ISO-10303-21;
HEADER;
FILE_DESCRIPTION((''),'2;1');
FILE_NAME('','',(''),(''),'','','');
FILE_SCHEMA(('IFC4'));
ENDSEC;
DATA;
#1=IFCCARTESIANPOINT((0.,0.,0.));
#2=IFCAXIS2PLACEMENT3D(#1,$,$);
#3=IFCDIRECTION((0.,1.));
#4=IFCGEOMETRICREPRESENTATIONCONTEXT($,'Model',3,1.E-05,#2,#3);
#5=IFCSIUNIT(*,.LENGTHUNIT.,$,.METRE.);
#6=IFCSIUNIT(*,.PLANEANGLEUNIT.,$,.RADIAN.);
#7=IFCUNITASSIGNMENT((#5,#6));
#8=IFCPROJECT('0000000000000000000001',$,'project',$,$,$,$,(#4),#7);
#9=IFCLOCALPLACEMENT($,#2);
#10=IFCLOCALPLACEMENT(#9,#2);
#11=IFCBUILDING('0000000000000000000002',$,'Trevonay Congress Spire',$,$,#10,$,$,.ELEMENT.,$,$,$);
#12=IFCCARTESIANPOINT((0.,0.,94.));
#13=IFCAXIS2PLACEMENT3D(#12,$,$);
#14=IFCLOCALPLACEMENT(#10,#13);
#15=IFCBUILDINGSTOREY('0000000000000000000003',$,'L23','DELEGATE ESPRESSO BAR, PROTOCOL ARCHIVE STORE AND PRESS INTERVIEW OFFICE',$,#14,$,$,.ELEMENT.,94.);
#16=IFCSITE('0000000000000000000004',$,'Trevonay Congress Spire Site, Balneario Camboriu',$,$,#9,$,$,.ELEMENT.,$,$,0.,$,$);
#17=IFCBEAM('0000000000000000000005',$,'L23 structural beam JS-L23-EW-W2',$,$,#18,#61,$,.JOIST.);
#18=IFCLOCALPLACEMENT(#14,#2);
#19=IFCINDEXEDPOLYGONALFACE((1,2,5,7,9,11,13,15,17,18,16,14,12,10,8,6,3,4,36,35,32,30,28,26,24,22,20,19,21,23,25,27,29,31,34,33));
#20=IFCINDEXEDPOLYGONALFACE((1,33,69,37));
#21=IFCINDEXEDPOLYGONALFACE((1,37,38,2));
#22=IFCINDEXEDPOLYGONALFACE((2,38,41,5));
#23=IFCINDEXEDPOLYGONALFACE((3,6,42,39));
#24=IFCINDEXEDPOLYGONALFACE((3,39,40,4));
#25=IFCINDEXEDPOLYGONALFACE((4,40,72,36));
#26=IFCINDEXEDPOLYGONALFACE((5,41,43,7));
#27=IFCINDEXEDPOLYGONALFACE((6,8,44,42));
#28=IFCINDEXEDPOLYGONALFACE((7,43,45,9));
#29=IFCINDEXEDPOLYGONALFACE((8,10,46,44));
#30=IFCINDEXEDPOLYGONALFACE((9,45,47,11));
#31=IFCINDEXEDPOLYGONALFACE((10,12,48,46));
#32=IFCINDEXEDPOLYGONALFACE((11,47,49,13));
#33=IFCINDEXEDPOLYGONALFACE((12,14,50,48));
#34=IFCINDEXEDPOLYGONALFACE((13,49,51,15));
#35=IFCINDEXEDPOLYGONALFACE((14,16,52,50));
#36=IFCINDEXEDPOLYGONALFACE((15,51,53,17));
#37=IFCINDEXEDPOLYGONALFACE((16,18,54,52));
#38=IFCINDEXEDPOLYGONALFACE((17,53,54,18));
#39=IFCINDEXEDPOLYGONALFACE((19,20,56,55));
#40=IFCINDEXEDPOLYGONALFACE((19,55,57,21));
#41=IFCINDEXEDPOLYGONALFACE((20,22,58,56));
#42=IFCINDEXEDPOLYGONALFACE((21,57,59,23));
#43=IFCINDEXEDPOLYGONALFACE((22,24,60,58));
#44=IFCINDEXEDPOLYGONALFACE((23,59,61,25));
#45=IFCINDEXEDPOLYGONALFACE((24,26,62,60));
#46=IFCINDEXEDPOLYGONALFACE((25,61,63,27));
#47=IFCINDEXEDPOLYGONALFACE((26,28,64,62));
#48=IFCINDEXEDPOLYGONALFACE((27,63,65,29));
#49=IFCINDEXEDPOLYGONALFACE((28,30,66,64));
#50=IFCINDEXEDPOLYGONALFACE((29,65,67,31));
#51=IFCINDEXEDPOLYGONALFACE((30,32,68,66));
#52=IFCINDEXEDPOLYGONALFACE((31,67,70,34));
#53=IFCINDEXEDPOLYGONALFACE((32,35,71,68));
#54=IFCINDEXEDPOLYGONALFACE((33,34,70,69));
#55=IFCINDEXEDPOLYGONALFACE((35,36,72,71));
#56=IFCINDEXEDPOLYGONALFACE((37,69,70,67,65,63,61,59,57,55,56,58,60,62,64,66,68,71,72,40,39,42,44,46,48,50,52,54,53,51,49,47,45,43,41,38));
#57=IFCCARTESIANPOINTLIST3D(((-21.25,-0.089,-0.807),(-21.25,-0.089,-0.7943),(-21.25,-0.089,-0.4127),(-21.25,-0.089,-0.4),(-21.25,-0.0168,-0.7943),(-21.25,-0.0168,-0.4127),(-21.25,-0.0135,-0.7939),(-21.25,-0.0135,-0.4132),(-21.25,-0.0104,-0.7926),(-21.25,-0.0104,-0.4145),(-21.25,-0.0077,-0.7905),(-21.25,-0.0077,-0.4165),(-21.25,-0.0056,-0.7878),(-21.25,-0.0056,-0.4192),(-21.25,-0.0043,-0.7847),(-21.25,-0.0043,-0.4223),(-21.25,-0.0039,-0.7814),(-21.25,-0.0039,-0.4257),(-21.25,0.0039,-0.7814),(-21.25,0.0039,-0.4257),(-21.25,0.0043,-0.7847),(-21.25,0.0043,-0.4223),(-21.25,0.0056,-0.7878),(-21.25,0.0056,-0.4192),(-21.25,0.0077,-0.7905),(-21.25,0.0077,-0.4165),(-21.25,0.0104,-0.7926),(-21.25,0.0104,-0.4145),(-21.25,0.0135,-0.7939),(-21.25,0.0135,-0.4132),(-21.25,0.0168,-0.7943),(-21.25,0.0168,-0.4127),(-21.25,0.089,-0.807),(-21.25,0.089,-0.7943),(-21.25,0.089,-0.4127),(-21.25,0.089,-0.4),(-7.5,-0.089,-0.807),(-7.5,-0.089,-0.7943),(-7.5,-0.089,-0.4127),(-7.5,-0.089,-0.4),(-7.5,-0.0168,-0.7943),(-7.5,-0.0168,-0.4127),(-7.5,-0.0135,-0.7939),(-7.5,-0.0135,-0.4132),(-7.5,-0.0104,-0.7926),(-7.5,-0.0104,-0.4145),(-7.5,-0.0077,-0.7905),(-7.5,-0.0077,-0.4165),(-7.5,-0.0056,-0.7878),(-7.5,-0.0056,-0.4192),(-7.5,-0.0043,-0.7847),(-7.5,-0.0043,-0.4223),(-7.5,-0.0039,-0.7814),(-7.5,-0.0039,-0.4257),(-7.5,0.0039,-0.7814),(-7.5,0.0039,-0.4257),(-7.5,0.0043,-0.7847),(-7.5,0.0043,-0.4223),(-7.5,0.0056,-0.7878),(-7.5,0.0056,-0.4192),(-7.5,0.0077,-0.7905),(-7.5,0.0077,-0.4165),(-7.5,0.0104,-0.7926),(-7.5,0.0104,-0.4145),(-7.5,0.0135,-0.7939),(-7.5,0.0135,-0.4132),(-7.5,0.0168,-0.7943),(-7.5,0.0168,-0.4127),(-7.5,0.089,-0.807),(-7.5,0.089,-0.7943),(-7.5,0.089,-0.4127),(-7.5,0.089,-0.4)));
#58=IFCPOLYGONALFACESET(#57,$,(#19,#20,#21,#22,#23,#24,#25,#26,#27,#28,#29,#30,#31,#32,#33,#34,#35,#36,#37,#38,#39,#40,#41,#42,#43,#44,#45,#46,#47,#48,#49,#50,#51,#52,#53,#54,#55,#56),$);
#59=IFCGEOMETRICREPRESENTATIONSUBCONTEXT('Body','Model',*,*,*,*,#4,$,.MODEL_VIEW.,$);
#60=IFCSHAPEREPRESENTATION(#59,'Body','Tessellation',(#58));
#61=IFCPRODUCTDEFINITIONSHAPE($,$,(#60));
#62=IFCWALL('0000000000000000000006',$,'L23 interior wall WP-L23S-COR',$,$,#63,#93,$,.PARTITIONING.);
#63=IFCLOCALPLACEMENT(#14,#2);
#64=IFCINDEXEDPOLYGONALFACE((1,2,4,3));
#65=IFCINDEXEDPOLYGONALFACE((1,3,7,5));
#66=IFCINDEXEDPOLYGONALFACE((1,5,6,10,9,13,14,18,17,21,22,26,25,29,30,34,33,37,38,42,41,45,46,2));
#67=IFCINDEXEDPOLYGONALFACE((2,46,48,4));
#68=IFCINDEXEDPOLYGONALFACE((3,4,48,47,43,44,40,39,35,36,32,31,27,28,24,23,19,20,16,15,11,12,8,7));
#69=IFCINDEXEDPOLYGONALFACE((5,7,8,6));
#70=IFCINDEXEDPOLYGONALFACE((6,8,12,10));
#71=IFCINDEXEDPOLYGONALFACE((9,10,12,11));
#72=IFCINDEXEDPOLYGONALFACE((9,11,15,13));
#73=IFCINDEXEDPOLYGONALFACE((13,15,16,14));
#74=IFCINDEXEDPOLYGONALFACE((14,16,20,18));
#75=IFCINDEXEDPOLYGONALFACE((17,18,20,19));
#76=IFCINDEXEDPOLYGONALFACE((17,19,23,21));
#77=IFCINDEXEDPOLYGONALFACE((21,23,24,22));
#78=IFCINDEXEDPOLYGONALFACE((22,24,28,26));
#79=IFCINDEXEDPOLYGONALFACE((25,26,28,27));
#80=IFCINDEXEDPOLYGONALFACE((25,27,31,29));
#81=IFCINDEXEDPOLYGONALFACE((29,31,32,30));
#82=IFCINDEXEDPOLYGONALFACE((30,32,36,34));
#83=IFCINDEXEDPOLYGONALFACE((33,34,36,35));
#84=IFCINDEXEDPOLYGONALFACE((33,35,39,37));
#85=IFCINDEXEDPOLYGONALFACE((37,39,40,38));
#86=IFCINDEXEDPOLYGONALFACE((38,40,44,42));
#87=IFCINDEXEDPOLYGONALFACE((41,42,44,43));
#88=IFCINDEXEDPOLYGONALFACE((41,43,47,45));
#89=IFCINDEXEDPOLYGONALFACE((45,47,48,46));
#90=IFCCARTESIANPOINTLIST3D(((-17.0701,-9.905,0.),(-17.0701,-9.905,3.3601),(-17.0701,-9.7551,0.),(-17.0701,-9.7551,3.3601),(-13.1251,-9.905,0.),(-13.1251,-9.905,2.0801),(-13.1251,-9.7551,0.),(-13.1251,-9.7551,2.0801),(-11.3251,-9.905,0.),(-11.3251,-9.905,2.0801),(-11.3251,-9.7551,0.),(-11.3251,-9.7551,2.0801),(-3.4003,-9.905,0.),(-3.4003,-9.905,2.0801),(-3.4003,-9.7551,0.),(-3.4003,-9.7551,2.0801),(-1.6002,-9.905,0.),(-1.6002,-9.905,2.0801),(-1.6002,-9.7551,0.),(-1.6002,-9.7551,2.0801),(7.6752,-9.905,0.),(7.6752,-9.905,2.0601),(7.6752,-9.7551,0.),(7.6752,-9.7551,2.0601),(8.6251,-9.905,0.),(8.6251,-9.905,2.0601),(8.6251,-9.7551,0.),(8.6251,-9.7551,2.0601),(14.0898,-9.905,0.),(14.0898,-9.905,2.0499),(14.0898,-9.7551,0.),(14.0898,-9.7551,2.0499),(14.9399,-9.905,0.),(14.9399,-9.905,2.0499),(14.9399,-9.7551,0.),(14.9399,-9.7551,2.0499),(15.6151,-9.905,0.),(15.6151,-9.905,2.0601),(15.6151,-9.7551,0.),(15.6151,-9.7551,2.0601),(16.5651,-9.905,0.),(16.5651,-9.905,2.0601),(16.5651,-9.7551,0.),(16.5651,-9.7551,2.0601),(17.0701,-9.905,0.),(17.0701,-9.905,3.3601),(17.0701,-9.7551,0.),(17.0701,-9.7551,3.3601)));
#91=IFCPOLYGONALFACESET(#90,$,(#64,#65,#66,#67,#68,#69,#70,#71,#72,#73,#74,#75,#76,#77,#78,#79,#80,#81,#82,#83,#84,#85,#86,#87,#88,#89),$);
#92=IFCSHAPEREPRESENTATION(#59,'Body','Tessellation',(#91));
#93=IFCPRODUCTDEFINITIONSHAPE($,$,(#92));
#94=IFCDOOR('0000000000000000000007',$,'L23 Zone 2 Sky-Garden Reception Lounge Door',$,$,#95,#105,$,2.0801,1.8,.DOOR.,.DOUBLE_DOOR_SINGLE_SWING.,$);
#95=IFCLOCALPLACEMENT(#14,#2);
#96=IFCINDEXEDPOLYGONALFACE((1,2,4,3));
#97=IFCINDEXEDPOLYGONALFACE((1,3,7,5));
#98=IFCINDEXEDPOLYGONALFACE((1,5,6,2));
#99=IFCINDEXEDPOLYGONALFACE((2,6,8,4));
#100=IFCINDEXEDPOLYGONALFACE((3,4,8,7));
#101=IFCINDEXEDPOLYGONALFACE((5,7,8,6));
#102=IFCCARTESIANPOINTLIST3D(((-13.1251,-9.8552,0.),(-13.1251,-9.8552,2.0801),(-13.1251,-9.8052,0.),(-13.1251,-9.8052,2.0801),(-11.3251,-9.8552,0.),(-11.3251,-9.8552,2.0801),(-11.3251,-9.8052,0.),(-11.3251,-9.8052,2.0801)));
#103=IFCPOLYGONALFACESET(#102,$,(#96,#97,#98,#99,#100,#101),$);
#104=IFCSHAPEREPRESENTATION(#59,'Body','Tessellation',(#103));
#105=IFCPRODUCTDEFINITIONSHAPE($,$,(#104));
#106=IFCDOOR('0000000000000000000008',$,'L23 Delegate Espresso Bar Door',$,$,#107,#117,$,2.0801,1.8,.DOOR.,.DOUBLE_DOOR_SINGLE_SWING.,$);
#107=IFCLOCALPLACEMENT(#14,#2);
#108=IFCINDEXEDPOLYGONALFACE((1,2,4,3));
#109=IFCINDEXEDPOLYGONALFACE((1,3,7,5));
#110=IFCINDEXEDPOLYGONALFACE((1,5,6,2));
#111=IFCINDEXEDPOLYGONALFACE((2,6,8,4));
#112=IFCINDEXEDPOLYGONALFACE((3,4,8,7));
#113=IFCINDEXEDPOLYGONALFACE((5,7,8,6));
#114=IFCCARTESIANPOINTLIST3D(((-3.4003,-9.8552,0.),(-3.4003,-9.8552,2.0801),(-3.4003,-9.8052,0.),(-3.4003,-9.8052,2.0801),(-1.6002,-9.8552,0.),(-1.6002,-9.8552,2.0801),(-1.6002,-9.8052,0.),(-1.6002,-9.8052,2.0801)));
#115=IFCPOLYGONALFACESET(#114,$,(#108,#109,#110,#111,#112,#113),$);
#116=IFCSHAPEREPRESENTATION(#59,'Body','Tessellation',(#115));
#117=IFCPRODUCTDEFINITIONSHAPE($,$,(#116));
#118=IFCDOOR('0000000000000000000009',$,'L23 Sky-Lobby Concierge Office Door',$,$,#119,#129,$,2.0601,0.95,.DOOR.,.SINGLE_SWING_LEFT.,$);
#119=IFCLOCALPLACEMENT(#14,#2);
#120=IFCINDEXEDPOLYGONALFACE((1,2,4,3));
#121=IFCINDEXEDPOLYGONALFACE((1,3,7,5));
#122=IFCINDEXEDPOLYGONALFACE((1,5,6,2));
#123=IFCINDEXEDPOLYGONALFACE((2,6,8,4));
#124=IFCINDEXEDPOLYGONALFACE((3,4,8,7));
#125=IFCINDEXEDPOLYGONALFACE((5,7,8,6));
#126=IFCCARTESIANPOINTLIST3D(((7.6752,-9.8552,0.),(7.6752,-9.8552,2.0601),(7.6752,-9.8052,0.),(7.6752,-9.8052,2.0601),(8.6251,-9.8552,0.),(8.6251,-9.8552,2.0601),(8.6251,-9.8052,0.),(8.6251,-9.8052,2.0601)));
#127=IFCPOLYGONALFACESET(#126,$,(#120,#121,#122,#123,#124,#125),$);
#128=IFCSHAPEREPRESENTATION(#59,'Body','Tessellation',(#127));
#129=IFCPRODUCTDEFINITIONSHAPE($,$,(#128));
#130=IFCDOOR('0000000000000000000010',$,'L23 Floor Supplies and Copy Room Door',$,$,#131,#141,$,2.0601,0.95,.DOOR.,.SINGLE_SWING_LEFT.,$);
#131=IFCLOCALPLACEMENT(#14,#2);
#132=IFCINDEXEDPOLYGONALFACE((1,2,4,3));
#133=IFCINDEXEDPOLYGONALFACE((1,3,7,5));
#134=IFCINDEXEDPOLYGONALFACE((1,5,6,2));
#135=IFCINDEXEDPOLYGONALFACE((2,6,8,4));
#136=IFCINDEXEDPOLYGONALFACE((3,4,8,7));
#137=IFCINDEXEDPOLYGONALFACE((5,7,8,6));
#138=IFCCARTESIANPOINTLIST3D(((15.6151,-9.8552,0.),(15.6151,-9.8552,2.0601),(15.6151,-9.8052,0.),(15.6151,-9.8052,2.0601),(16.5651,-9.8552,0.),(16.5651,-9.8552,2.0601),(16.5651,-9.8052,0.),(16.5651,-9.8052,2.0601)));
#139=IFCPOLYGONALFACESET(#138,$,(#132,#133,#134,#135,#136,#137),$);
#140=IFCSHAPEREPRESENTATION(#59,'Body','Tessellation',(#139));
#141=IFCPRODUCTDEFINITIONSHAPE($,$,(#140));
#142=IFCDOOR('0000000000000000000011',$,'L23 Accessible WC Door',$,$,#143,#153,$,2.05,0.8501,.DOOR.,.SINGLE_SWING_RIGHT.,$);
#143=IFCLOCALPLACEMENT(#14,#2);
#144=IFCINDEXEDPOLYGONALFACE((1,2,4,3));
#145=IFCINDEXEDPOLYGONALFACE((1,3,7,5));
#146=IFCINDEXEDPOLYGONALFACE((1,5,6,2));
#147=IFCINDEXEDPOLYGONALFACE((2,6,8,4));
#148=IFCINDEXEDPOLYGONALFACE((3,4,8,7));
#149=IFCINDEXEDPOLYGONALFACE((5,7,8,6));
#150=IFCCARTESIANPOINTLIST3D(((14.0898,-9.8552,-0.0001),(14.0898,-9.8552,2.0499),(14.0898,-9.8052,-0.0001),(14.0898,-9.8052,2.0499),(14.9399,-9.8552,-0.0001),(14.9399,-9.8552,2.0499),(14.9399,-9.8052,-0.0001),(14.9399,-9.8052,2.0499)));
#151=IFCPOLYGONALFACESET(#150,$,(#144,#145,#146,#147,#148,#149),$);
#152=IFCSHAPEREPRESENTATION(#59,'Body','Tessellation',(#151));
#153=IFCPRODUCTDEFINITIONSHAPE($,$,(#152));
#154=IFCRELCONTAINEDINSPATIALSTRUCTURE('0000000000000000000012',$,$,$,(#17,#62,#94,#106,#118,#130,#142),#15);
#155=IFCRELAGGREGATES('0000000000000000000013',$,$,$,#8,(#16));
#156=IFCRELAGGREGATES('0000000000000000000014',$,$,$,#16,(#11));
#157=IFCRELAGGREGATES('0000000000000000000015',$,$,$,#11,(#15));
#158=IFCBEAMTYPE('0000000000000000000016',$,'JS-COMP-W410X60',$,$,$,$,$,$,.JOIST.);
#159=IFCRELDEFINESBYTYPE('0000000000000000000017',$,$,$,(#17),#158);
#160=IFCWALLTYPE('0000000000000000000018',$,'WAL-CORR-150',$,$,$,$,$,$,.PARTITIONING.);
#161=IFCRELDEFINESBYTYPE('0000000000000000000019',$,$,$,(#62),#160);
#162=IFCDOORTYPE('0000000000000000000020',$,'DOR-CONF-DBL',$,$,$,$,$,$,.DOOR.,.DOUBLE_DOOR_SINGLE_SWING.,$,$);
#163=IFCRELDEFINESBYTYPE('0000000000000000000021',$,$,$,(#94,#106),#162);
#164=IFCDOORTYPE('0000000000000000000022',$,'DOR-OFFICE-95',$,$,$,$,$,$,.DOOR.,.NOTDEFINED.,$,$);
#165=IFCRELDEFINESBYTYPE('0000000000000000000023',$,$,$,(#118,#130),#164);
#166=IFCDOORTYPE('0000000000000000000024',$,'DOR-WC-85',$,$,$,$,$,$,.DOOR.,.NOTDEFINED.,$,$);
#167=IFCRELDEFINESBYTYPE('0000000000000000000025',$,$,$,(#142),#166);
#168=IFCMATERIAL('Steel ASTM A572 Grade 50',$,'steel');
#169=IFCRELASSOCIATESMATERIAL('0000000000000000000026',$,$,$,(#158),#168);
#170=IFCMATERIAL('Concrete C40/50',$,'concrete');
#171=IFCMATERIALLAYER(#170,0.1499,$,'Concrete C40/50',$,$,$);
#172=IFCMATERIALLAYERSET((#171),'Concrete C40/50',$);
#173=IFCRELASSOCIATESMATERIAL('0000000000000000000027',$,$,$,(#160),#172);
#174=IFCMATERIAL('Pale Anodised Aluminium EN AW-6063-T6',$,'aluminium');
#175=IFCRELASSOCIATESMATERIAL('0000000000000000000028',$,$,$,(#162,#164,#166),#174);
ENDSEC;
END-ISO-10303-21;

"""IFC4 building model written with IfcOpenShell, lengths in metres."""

from ifc_helpers import new_model, si_unit, direction, frame, frame_2d, origin, origin_2d, place, context, subcontext, project, spatial, rectangle, i_section, extrude, material, layer, layer_set, material_profile, profile_set, type_object, element, fill, save


model = new_model("IFC4")

# Units and contexts
model_context = context("Model", 3, precision=1e-05, world=origin(), true_north=direction((0.0, 1.0)))
body_context = subcontext(model_context, "Body", "Model", "MODEL_VIEW")
ifc_project = project(units=[si_unit("LENGTHUNIT", "METRE"), si_unit("PLANEANGLEUNIT", "RADIAN")], contexts=[model_context])

# Site, building, storey
site_placement = place(None, origin())
site = spatial("IfcSite", under=ifc_project, at=site_placement, Name="Trevonay Congress Spire Site, Balneario Camboriu", CompositionType="ELEMENT", RefElevation=0.0)
building_placement = place(site_placement, origin())
building = spatial("IfcBuilding", under=site, at=building_placement, Name="Trevonay Congress Spire", CompositionType="ELEMENT")
storey_placement = place(building_placement, frame((0.0, 0.0, 94.0)))
storey = spatial("IfcBuildingStorey", under=building, at=storey_placement, Name="L23", Description="DELEGATE ESPRESSO BAR, PROTOCOL ARCHIVE STORE AND PRESS INTERVIEW OFFICE", CompositionType="ELEMENT", Elevation=94.0)

# Shared definitions
ifc_material_1 = material(Name="Steel ASTM A572 Grade 50", Category="steel")

# Beam
ifc_material_profile_1 = material_profile(ifc_material_1, i_section(OverallWidth=0.178, OverallDepth=0.407, WebThickness=0.0078, FlangeThickness=0.0127, FilletRadius=0.0129, at=origin_2d()), Name="W410x60")
ifc_profile_set_1 = profile_set([ifc_material_profile_1], Name="Steel ASTM A572 Grade 50")
beam_type_1 = type_object("IfcBeamType", Name="JS-COMP-W410X60", PredefinedType="JOIST", material=ifc_profile_set_1)
for number, where, z_axis, x_axis, name in (
    (1, (-21.25, 0.0, -0.6035), (1.0, 0.0, 0.0), (0.0, 1.0, 0.0), "L23 structural beam JS-L23-EW-W2"),
):
    element("IfcBeam", number, at=place(storey_placement, frame(where, z_axis=z_axis, x_axis=x_axis)), inside=storey, type_object=beam_type_1, Name=name, PredefinedType="JOIST", context=body_context, shape_type="SweptSolid", body=[
        extrude(i_section(OverallWidth=0.178, OverallDepth=0.407, WebThickness=0.0078, FlangeThickness=0.0127, FilletRadius=0.0129, at=origin_2d()), origin(), (0.0, 0.0, 1.0), 13.75),
    ])

# Wall, openings, doors
ifc_material_2 = material(Name="Concrete C40/50", Category="concrete")
ifc_layer_1 = layer(ifc_material_2, 0.1499, Name="Concrete C40/50")
ifc_layer_set_1 = layer_set([ifc_layer_1], Name="Concrete C40/50")
wall_type_1 = type_object("IfcWallType", Name="WAL-CORR-150", PredefinedType="PARTITIONING", material=ifc_layer_set_1)
wall_1_placement = place(storey_placement, frame((-17.0701, -9.8301, 0.0), z_axis=(0.0, 0.0, 1.0), x_axis=(1.0, 0.0, 0.0)))
wall_1 = element("IfcWall", 2, at=wall_1_placement, inside=storey, type_object=wall_type_1, Name="L23 interior wall WP-L23S-COR", PredefinedType="PARTITIONING", context=body_context, shape_type="SweptSolid", body=[
    extrude(rectangle(XDim=34.1401, YDim=0.1499, at=frame_2d((17.0701, 0.0))), origin(), (0.0, 0.0, 1.0), 3.3601),
])
opening_1_placement = place(wall_1_placement, frame((3.9451, 0.0, 0.0)))
opening_1 = element("IfcOpeningElement", 3, at=opening_1_placement, cuts=wall_1, PredefinedType="OPENING", context=body_context, shape_type="SweptSolid", body=[
    extrude(rectangle(XDim=1.8, YDim=2.0801, at=frame_2d((0.8999, 1.04))), frame((0.0, 0.085, 0.0), z_axis=(0.0, -1.0, 0.0), x_axis=(1.0, 0.0, 0.0)), (0.0, 0.0, 1.0), 0.1699),
])
opening_2_placement = place(wall_1_placement, frame((13.6699, 0.0, 0.0)))
opening_2 = element("IfcOpeningElement", 4, at=opening_2_placement, cuts=wall_1, PredefinedType="OPENING", context=body_context, shape_type="SweptSolid", body=[
    extrude(rectangle(XDim=1.8, YDim=2.0801, at=frame_2d((0.8999, 1.04))), frame((0.0, 0.085, 0.0), z_axis=(0.0, -1.0, 0.0), x_axis=(1.0, 0.0, 0.0)), (0.0, 0.0, 1.0), 0.1699),
])
opening_3_placement = place(wall_1_placement, frame((24.7451, 0.0, 0.0)))
opening_3 = element("IfcOpeningElement", 5, at=opening_3_placement, cuts=wall_1, PredefinedType="OPENING", context=body_context, shape_type="SweptSolid", body=[
    extrude(rectangle(XDim=0.95, YDim=2.0601, at=frame_2d((0.4751, 1.03))), frame((0.0, 0.085, 0.0), z_axis=(0.0, -1.0, 0.0), x_axis=(1.0, 0.0, 0.0)), (0.0, 0.0, 1.0), 0.1699),
])
opening_4_placement = place(wall_1_placement, frame((31.1599, 0.0, 0.0)))
opening_4 = element("IfcOpeningElement", 6, at=opening_4_placement, cuts=wall_1, PredefinedType="OPENING", context=body_context, shape_type="SweptSolid", body=[
    extrude(rectangle(XDim=0.8501, YDim=2.05, at=frame_2d((0.425, 1.0249))), frame((0.0, 0.085, 0.0), z_axis=(0.0, -1.0, 0.0), x_axis=(1.0, 0.0, 0.0)), (0.0, 0.0, 1.0), 0.1699),
])
opening_5_placement = place(wall_1_placement, frame((32.6851, 0.0, 0.0)))
opening_5 = element("IfcOpeningElement", 7, at=opening_5_placement, cuts=wall_1, PredefinedType="OPENING", context=body_context, shape_type="SweptSolid", body=[
    extrude(rectangle(XDim=0.95, YDim=2.0601, at=frame_2d((0.4751, 1.03))), frame((0.0, 0.085, 0.0), z_axis=(0.0, -1.0, 0.0), x_axis=(1.0, 0.0, 0.0)), (0.0, 0.0, 1.0), 0.1699),
])
ifc_material_3 = material(Name="Pale Anodised Aluminium EN AW-6063-T6", Category="aluminium")
door_type_1 = type_object("IfcDoorType", Name="DOR-CONF-DBL", OperationType="DOUBLE_DOOR_SINGLE_SWING", PredefinedType="DOOR", material=ifc_material_3)
door_1_placement = place(opening_1_placement, origin())
door_1 = element("IfcDoor", 8, at=door_1_placement, inside=storey, type_object=door_type_1, Name="L23 Zone 2 Sky-Garden Reception Lounge Door", OperationType="DOUBLE_DOOR_SINGLE_SWING", OverallHeight=2.0801, OverallWidth=1.8, PredefinedType="DOOR", context=body_context, shape_type="SweptSolid", body=[
    extrude(rectangle(XDim=1.8, YDim=2.0801, at=frame_2d((0.8999, 1.04))), frame((0.0, 0.0249, 0.0), z_axis=(0.0, -1.0, 0.0), x_axis=(1.0, 0.0, 0.0)), (0.0, 0.0, 1.0), 0.05),
])
fill(opening_1, door_1)
door_2_placement = place(opening_2_placement, origin())
door_2 = element("IfcDoor", 9, at=door_2_placement, inside=storey, type_object=door_type_1, Name="L23 Delegate Espresso Bar Door", OperationType="DOUBLE_DOOR_SINGLE_SWING", OverallHeight=2.0801, OverallWidth=1.8, PredefinedType="DOOR", context=body_context, shape_type="SweptSolid", body=[
    extrude(rectangle(XDim=1.8, YDim=2.0801, at=frame_2d((0.8999, 1.04))), frame((0.0, 0.0249, 0.0), z_axis=(0.0, -1.0, 0.0), x_axis=(1.0, 0.0, 0.0)), (0.0, 0.0, 1.0), 0.05),
])
fill(opening_2, door_2)
door_type_2 = type_object("IfcDoorType", Name="DOR-OFFICE-95", OperationType="NOTDEFINED", PredefinedType="DOOR", material=ifc_material_3)
door_3_placement = place(opening_3_placement, origin())
door_3 = element("IfcDoor", 10, at=door_3_placement, inside=storey, type_object=door_type_2, Name="L23 Sky-Lobby Concierge Office Door", OperationType="SINGLE_SWING_LEFT", OverallHeight=2.0601, OverallWidth=0.95, PredefinedType="DOOR", context=body_context, shape_type="SweptSolid", body=[
    extrude(rectangle(XDim=0.95, YDim=2.0601, at=frame_2d((0.4751, 1.03))), frame((0.0, 0.0249, 0.0), z_axis=(0.0, -1.0, 0.0), x_axis=(1.0, 0.0, 0.0)), (0.0, 0.0, 1.0), 0.05),
])
fill(opening_3, door_3)
door_4_placement = place(opening_5_placement, origin())
door_4 = element("IfcDoor", 11, at=door_4_placement, inside=storey, type_object=door_type_2, Name="L23 Floor Supplies and Copy Room Door", OperationType="SINGLE_SWING_LEFT", OverallHeight=2.0601, OverallWidth=0.95, PredefinedType="DOOR", context=body_context, shape_type="SweptSolid", body=[
    extrude(rectangle(XDim=0.95, YDim=2.0601, at=frame_2d((0.4751, 1.03))), frame((0.0, 0.0249, 0.0), z_axis=(0.0, -1.0, 0.0), x_axis=(1.0, 0.0, 0.0)), (0.0, 0.0, 1.0), 0.05),
])
fill(opening_5, door_4)
door_type_3 = type_object("IfcDoorType", Name="DOR-WC-85", OperationType="NOTDEFINED", PredefinedType="DOOR", material=ifc_material_3)
door_5_placement = place(opening_4_placement, origin())
door_5 = element("IfcDoor", 12, at=door_5_placement, inside=storey, type_object=door_type_3, Name="L23 Accessible WC Door", OperationType="SINGLE_SWING_RIGHT", OverallHeight=2.05, OverallWidth=0.8501, PredefinedType="DOOR", context=body_context, shape_type="SweptSolid", body=[
    extrude(rectangle(XDim=0.8501, YDim=2.05, at=frame_2d((0.425, 1.0249))), frame((0.0, 0.0249, 0.0), z_axis=(0.0, -1.0, 0.0), x_axis=(1.0, 0.0, 0.0)), (0.0, 0.0, 1.0), 0.05),
])
fill(opening_4, door_5)

save(model, "model.ifc")
